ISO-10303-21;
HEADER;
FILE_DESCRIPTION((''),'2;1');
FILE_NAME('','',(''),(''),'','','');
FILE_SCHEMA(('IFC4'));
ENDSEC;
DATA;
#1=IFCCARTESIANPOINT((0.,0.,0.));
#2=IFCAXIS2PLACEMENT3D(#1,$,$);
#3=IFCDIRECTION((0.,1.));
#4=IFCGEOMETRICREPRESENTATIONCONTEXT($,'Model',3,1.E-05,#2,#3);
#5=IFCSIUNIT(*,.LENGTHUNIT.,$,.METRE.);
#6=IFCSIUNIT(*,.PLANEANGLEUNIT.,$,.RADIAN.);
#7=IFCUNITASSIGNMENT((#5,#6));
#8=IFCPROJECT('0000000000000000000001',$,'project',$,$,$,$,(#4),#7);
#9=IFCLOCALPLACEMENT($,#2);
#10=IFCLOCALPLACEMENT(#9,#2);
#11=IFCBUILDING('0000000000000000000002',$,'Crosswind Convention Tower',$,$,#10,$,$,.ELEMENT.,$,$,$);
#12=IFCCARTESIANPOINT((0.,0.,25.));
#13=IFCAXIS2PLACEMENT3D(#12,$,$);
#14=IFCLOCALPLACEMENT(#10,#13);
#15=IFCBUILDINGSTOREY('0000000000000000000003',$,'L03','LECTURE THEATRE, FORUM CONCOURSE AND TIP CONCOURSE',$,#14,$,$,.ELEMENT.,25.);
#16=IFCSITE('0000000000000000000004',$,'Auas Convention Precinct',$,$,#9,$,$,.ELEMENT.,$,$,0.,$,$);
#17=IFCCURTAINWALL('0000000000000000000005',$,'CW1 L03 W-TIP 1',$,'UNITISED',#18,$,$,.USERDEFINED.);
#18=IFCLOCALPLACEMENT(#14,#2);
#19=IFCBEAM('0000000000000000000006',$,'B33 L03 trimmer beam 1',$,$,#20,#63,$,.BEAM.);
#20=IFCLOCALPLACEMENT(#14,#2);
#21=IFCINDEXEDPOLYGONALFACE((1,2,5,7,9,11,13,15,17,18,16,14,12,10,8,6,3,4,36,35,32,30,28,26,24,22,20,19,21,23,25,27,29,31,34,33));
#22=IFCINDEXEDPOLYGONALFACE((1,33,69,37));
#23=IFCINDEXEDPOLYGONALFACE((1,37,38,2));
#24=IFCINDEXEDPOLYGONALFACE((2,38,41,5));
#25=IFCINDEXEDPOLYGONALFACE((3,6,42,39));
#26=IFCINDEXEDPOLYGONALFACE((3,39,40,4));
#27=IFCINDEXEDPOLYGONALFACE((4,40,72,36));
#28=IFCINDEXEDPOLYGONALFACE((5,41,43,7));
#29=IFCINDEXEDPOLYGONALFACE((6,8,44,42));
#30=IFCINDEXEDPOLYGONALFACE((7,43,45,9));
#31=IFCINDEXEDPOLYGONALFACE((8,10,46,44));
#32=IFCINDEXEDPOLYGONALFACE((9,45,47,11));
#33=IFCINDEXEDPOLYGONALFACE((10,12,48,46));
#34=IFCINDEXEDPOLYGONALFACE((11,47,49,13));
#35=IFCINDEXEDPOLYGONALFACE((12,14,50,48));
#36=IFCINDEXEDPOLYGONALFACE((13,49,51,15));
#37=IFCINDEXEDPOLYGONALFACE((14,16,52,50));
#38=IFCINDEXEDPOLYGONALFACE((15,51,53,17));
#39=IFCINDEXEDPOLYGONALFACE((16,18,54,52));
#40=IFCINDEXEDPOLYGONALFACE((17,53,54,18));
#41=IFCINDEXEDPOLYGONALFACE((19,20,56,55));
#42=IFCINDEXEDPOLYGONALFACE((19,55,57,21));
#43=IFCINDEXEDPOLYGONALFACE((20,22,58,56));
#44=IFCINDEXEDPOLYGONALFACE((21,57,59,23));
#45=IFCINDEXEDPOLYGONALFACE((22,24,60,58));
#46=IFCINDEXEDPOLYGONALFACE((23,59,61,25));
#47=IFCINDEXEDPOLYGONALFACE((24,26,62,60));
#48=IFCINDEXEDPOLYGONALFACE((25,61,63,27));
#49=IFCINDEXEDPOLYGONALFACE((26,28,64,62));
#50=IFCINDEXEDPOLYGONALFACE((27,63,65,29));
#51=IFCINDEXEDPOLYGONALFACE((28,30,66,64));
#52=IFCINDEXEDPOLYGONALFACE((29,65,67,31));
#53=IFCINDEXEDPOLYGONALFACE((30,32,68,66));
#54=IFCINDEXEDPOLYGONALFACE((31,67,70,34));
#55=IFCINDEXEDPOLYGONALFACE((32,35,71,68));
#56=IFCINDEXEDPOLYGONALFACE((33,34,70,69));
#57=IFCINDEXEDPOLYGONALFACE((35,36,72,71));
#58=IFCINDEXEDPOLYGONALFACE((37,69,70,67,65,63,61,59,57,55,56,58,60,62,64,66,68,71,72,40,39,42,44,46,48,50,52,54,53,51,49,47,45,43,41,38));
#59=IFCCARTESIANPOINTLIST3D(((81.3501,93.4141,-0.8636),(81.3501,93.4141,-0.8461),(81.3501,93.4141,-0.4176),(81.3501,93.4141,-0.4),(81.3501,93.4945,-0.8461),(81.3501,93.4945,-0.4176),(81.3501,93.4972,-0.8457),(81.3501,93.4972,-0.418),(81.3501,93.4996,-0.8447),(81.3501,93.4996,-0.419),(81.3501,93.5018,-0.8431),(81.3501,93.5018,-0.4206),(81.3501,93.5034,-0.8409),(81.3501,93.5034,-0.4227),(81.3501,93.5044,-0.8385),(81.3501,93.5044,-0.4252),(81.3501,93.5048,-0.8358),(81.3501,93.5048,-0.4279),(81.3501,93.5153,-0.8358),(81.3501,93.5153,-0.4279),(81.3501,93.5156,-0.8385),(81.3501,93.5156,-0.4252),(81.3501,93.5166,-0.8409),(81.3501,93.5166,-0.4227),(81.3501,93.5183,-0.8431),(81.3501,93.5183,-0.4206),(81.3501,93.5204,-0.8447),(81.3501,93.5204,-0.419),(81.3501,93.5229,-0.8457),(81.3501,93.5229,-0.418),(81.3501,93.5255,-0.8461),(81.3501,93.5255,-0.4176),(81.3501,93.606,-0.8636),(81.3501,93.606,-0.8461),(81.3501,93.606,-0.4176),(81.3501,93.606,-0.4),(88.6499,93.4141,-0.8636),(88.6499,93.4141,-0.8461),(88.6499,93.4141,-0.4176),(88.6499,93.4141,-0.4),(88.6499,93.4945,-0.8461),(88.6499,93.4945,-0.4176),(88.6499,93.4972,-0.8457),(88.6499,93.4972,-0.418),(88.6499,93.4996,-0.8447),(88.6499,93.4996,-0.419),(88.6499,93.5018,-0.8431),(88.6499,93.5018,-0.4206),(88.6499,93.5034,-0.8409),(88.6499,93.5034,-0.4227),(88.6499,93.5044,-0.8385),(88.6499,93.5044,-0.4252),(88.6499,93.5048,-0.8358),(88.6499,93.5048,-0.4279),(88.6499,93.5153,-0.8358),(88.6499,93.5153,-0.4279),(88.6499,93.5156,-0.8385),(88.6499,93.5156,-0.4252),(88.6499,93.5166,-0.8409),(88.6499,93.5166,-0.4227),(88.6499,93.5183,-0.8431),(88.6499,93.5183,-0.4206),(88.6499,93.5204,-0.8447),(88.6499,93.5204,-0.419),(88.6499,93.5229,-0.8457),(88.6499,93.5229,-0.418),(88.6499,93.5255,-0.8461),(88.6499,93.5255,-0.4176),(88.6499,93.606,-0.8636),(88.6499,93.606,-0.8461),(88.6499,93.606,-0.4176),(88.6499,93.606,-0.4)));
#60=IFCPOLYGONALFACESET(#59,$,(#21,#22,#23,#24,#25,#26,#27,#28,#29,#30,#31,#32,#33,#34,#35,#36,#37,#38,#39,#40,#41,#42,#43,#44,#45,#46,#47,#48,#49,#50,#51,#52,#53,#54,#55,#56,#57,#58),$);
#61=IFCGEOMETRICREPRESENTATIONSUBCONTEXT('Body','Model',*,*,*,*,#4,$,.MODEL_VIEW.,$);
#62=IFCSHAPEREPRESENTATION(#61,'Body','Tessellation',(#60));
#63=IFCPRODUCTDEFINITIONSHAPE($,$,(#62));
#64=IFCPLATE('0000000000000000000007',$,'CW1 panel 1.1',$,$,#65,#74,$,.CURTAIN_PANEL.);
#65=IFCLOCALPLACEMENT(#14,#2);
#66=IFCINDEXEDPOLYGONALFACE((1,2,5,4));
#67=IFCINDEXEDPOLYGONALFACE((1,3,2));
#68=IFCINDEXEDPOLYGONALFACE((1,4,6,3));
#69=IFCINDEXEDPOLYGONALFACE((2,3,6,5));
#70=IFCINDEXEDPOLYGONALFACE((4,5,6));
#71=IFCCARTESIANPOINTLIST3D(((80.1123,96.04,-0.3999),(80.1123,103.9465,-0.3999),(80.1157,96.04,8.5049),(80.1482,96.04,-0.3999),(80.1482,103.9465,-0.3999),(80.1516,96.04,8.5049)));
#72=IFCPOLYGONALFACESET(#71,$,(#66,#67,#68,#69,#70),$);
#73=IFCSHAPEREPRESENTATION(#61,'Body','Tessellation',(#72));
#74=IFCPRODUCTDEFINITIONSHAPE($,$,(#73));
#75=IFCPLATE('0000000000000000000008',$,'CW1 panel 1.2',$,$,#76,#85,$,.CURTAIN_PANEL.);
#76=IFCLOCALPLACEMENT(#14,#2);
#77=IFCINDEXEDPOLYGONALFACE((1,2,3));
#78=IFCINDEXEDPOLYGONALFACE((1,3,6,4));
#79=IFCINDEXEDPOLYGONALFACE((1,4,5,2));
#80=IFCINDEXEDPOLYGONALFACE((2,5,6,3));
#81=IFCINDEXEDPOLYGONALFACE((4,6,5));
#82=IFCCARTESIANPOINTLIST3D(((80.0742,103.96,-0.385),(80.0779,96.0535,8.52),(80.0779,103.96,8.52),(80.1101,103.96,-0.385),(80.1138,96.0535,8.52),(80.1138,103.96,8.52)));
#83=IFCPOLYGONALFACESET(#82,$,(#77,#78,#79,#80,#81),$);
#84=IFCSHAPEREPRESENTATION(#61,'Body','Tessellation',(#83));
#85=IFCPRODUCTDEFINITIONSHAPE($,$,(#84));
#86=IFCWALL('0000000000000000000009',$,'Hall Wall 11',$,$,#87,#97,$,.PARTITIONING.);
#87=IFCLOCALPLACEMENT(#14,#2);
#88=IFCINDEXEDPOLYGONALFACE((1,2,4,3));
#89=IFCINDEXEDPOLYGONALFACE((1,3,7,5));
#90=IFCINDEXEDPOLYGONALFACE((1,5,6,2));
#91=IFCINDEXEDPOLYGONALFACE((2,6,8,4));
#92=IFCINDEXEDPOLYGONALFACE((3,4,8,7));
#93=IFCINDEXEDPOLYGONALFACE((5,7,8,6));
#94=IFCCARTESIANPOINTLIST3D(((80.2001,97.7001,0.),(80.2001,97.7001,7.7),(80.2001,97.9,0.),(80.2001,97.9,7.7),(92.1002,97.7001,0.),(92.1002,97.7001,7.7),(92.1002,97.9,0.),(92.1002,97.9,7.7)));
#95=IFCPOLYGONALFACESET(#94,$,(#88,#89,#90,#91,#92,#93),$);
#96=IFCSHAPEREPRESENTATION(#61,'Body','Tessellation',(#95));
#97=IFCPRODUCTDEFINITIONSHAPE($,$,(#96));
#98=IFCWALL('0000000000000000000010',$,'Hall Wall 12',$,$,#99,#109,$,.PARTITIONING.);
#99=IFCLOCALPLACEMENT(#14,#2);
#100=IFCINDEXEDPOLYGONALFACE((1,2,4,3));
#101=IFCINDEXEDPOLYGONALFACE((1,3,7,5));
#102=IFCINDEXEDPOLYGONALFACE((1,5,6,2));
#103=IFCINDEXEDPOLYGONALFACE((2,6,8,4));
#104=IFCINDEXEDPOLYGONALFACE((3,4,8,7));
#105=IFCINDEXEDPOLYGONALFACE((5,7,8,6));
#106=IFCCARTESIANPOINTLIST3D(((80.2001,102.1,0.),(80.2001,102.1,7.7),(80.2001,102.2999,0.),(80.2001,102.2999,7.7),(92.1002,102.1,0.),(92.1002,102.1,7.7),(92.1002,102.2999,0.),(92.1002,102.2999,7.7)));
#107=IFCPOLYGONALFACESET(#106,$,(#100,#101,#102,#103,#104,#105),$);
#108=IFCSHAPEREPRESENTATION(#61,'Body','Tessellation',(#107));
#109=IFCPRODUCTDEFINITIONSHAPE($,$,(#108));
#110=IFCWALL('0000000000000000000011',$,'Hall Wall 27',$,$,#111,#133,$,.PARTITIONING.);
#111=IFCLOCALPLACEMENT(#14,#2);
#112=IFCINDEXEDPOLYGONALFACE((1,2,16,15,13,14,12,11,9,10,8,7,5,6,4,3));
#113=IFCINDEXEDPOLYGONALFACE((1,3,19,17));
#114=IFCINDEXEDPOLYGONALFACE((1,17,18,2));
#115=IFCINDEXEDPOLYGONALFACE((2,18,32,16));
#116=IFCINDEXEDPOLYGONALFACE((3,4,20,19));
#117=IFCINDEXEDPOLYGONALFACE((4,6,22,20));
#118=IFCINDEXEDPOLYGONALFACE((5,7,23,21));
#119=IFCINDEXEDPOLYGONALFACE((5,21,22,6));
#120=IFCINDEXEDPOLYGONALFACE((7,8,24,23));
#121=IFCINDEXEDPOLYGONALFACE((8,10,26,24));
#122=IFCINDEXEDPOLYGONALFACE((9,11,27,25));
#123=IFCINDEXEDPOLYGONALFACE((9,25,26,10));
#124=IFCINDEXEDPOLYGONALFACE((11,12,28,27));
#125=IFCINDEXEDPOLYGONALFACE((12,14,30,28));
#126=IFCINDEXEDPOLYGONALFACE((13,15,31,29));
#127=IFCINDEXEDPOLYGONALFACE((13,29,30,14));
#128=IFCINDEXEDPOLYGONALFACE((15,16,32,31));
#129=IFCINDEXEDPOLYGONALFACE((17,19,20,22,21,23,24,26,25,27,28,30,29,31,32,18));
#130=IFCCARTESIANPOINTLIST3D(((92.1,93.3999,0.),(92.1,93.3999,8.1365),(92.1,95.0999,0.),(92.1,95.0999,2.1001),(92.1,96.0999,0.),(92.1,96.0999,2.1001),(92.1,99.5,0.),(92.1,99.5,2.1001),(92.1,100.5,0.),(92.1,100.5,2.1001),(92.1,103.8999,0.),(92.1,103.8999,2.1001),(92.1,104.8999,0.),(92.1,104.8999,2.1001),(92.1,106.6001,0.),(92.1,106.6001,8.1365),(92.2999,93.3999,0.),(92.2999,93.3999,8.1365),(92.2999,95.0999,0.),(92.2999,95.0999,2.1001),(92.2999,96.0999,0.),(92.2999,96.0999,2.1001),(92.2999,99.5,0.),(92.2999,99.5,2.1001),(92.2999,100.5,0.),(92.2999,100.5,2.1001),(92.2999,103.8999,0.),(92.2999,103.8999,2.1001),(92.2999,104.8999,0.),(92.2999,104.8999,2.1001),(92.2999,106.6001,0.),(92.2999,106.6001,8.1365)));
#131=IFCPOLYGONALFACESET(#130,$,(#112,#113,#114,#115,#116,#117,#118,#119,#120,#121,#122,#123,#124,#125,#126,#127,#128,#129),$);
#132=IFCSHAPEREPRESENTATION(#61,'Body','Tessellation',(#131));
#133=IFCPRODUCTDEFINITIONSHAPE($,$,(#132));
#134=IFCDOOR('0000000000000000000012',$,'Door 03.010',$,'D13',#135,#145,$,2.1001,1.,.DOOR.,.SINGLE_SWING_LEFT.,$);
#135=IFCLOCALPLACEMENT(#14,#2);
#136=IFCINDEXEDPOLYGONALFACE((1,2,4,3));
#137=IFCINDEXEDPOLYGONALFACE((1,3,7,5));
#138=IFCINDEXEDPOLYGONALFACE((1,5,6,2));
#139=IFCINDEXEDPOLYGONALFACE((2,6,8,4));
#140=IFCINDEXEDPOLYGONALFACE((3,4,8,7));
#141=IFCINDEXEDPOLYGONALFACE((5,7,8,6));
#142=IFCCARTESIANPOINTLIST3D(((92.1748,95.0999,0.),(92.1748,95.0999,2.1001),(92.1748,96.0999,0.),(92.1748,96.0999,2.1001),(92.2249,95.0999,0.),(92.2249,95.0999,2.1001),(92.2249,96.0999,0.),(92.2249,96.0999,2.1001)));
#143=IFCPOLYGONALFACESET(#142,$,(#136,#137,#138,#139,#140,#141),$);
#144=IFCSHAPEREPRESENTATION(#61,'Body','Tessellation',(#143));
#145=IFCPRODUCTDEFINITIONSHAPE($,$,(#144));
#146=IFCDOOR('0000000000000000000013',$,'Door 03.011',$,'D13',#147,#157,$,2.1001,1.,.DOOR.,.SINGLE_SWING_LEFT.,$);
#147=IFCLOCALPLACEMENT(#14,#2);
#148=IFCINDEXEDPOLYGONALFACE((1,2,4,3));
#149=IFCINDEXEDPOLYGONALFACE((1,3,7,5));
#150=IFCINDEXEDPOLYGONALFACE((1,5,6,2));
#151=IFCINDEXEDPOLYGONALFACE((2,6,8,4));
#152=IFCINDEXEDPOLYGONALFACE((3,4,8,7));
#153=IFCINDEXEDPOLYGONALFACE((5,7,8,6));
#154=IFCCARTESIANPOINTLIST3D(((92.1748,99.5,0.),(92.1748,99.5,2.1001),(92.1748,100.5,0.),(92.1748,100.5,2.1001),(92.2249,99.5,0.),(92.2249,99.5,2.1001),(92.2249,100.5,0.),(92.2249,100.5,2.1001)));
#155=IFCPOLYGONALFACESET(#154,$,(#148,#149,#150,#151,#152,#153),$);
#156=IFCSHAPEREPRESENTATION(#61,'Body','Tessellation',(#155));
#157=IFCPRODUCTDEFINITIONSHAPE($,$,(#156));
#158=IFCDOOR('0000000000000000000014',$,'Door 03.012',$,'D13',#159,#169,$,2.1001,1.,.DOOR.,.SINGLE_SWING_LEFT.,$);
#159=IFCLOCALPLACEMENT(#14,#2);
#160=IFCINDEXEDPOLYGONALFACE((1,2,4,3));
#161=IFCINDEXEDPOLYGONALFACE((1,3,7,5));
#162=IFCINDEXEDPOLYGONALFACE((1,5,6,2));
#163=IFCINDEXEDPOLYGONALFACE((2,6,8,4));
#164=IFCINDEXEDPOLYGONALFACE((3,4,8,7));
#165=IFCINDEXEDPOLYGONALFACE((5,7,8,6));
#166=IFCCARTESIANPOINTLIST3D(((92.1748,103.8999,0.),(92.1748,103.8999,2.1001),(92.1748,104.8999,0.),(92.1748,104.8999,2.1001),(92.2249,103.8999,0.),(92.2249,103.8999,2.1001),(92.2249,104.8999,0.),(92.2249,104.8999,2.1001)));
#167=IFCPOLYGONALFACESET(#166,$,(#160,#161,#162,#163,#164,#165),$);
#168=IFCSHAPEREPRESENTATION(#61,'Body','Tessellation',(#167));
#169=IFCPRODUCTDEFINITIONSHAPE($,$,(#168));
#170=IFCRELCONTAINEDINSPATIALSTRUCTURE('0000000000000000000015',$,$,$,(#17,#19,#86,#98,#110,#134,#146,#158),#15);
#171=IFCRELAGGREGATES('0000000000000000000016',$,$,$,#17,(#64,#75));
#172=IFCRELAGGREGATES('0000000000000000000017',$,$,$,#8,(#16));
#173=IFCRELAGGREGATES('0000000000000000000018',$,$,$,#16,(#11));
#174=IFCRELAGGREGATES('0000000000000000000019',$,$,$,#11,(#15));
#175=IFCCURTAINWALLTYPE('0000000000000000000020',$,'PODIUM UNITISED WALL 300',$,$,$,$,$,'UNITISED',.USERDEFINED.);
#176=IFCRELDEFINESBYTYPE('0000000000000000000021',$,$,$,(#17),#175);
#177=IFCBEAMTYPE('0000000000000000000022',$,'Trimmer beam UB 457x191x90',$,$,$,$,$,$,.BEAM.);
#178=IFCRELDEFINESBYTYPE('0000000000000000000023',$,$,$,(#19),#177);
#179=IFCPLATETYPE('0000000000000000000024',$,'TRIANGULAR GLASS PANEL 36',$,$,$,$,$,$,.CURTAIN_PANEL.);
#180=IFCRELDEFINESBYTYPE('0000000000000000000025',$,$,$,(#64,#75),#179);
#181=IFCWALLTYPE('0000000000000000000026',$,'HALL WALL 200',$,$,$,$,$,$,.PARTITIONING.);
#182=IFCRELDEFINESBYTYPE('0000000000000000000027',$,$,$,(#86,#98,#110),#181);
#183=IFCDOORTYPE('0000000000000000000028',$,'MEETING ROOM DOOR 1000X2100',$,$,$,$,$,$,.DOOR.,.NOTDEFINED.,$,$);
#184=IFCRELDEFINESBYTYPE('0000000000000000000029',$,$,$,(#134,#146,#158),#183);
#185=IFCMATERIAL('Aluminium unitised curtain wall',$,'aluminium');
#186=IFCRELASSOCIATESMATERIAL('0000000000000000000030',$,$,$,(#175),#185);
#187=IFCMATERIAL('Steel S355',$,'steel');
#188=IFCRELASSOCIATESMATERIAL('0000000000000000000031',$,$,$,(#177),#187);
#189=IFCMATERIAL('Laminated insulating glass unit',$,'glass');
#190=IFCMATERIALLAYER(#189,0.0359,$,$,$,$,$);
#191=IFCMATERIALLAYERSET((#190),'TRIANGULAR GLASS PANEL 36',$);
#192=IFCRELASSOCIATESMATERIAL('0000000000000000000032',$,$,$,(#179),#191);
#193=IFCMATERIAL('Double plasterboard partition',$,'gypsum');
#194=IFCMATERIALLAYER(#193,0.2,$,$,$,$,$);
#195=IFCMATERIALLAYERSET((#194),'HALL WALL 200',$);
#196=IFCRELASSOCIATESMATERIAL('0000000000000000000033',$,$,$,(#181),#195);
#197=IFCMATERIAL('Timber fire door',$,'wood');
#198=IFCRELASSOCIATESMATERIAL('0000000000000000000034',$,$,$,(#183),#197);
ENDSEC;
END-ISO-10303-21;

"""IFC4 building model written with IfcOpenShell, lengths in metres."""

from ifc_helpers import new_model, si_unit, direction, frame, frame_2d, origin, origin_2d, place, context, subcontext, project, spatial, polyline, rectangle, i_section, outline, extrude, material, layer, layer_set, material_profile, profile_set, type_object, element, fill, aggregate, save


model = new_model("IFC4")

# Units and contexts
model_context = context("Model", 3, precision=1e-05, world=origin(), true_north=direction((0.0, 1.0)))
body_context = subcontext(model_context, "Body", "Model", "MODEL_VIEW")
ifc_project = project(units=[si_unit("LENGTHUNIT", "METRE"), si_unit("PLANEANGLEUNIT", "RADIAN")], contexts=[model_context])

# Site, building, storey
site_placement = place(None, origin())
site = spatial("IfcSite", under=ifc_project, at=site_placement, Name="Auas Convention Precinct", CompositionType="ELEMENT", RefElevation=0.0)
building_placement = place(site_placement, origin())
building = spatial("IfcBuilding", under=site, at=building_placement, Name="Crosswind Convention Tower", CompositionType="ELEMENT")
storey_placement = place(building_placement, frame((0.0, 0.0, 25.0)))
storey = spatial("IfcBuildingStorey", under=building, at=storey_placement, Name="L03", Description="LECTURE THEATRE, FORUM CONCOURSE AND TIP CONCOURSE", CompositionType="ELEMENT", Elevation=25.0)

# Curtain wall
ifc_material_1 = material(Name="Aluminium unitised curtain wall", Category="aluminium")
curtain_wall_type = type_object("IfcCurtainWallType", Name="PODIUM UNITISED WALL 300", ElementType="UNITISED", PredefinedType="USERDEFINED", material=ifc_material_1)
curtain_wall_placement = place(storey_placement, origin())
curtain_wall = element("IfcCurtainWall", 1, at=curtain_wall_placement, inside=storey, type_object=curtain_wall_type, Name="CW1 L03 W-TIP 1", ObjectType="UNITISED", PredefinedType="USERDEFINED")

# Shared definitions
ifc_material_2 = material(Name="Steel S355", Category="steel")

# Beam
ifc_material_profile_1 = material_profile(ifc_material_2, i_section(OverallWidth=0.1919, OverallDepth=0.4636, WebThickness=0.0105, FlangeThickness=0.0176, FilletRadius=0.0103, at=origin_2d()), Name="UB 457x191x90")
ifc_profile_set_1 = profile_set([ifc_material_profile_1], Name="Steel S355")
beam_type_1 = type_object("IfcBeamType", Name="Trimmer beam UB 457x191x90", PredefinedType="BEAM", material=ifc_profile_set_1)
beam_1_placement = place(storey_placement, frame((88.6499, 93.51, -0.6318), z_axis=(-1.0, 0.0, 0.0), x_axis=(0.0, -1.0, 0.0)))
element("IfcBeam", 2, at=beam_1_placement, inside=storey, type_object=beam_type_1, Name="B33 L03 trimmer beam 1", PredefinedType="BEAM", context=body_context, shape_type="SweptSolid", body=[
    extrude(i_section(OverallWidth=0.1919, OverallDepth=0.4636, WebThickness=0.0105, FlangeThickness=0.0176, FilletRadius=0.0103, at=origin_2d()), origin(), (0.0, 0.0, 1.0), 7.2998),
])

# Plates
ifc_material_3 = material(Name="Laminated insulating glass unit", Category="glass")
ifc_layer_1 = layer(ifc_material_3, 0.0359)
ifc_layer_set_1 = layer_set([ifc_layer_1], Name="TRIANGULAR GLASS PANEL 36")
plate_type = type_object("IfcPlateType", Name="TRIANGULAR GLASS PANEL 36", PredefinedType="CURTAIN_PANEL", material=ifc_layer_set_1)
plate_1_placement = place(storey_placement, frame((80.1123, 96.04, -0.3999), z_axis=(-1.0, 0.0, 0.000384), x_axis=(0.000384, 0.0, 1.0)))
plate_1 = element("IfcPlate", 3, at=plate_1_placement, type_object=plate_type, Name="CW1 panel 1.1", PredefinedType="CURTAIN_PANEL", context=body_context, shape_type="SweptSolid", body=[
    extrude(outline(polyline([(0.0, 0.0), (8.9048, 0.0), (0.0, 7.9065), (0.0, 0.0)])), origin(), (0.0, 0.0, -1.0), 0.0359),
])
plate_2_placement = place(storey_placement, frame((80.0779, 103.96, 8.52), z_axis=(-1.0, 0.0, 0.000411), x_axis=(-0.000411, 0.0, -1.0)))
plate_2 = element("IfcPlate", 4, at=plate_2_placement, type_object=plate_type, Name="CW1 panel 1.2", PredefinedType="CURTAIN_PANEL", context=body_context, shape_type="SweptSolid", body=[
    extrude(outline(polyline([(0.0, 0.0), (8.905, 0.0), (0.0, 7.9065), (0.0, 0.0)])), origin(), (0.0, 0.0, -1.0), 0.0359),
])

# Walls
ifc_material_4 = material(Name="Double plasterboard partition", Category="gypsum")
ifc_layer_2 = layer(ifc_material_4, 0.2)
ifc_layer_set_2 = layer_set([ifc_layer_2], Name="HALL WALL 200")
wall_type_1 = type_object("IfcWallType", Name="HALL WALL 200", PredefinedType="PARTITIONING", material=ifc_layer_set_2)
for number, where, z_axis, x_axis, name in (
    (5, (80.2, 97.8, 0.0), (0.0, 0.0, 1.0), (1.0, 0.0, 0.0), "Hall Wall 11"),
    (6, (80.2, 102.2, 0.0), (0.0, 0.0, 1.0), (1.0, 0.0, 0.0), "Hall Wall 12"),
):
    element("IfcWall", number, at=place(storey_placement, frame(where, z_axis=z_axis, x_axis=x_axis)), inside=storey, type_object=wall_type_1, Name=name, PredefinedType="PARTITIONING", context=body_context, shape_type="SweptSolid", body=[
        extrude(rectangle(XDim=11.9001, YDim=0.2, at=frame_2d((5.9502, 0.0))), origin(), (0.0, 0.0, 1.0), 7.7),
    ])

# Wall, openings, doors
wall_1_placement = place(storey_placement, frame((92.2, 93.3999, 0.0), z_axis=(0.0, 0.0, 1.0), x_axis=(0.0, 1.0, 0.0)))
wall_1 = element("IfcWall", 7, at=wall_1_placement, inside=storey, type_object=wall_type_1, Name="Hall Wall 27", PredefinedType="PARTITIONING", context=body_context, shape_type="SweptSolid", body=[
    extrude(rectangle(XDim=13.2002, YDim=0.2, at=frame_2d((6.6001, 0.0))), origin(), (0.0, 0.0, 1.0), 8.1365),
])
opening_1_placement = place(wall_1_placement, frame((1.7, 0.0, 0.0)))
opening_1 = element("IfcOpeningElement", 8, at=opening_1_placement, cuts=wall_1, PredefinedType="OPENING", context=body_context, shape_type="SweptSolid", body=[
    extrude(rectangle(XDim=1.0, YDim=2.1001, at=frame_2d((0.5, 1.05))), frame((0.0, 0.1099, 0.0), z_axis=(0.0, -1.0, 0.0), x_axis=(1.0, 0.0, 0.0)), (0.0, 0.0, 1.0), 0.22),
])
opening_2_placement = place(wall_1_placement, frame((6.1001, 0.0, 0.0)))
opening_2 = element("IfcOpeningElement", 9, at=opening_2_placement, cuts=wall_1, PredefinedType="OPENING", context=body_context, shape_type="SweptSolid", body=[
    extrude(rectangle(XDim=1.0, YDim=2.1001, at=frame_2d((0.5, 1.05))), frame((0.0, 0.1099, 0.0), z_axis=(0.0, -1.0, 0.0), x_axis=(1.0, 0.0, 0.0)), (0.0, 0.0, 1.0), 0.22),
])
opening_3_placement = place(wall_1_placement, frame((10.5, 0.0, 0.0)))
opening_3 = element("IfcOpeningElement", 10, at=opening_3_placement, cuts=wall_1, PredefinedType="OPENING", context=body_context, shape_type="SweptSolid", body=[
    extrude(rectangle(XDim=1.0, YDim=2.1001, at=frame_2d((0.5, 1.05))), frame((0.0, 0.1099, 0.0), z_axis=(0.0, -1.0, 0.0), x_axis=(1.0, 0.0, 0.0)), (0.0, 0.0, 1.0), 0.22),
])
ifc_material_5 = material(Name="Timber fire door", Category="wood")
door_type = type_object("IfcDoorType", Name="MEETING ROOM DOOR 1000X2100", OperationType="NOTDEFINED", PredefinedType="DOOR", material=ifc_material_5)
door_1_placement = place(opening_1_placement, frame((1.0, 0.0, 0.0), z_axis=(0.0, 0.0, 1.0), x_axis=(-1.0, 0.0, 0.0)))
door_1 = element("IfcDoor", 11, at=door_1_placement, inside=storey, type_object=door_type, Name="Door 03.010", ObjectType="D13", OperationType="SINGLE_SWING_LEFT", OverallHeight=2.1001, OverallWidth=1.0, PredefinedType="DOOR", context=body_context, shape_type="SweptSolid", body=[
    extrude(rectangle(XDim=1.0, YDim=2.1001, at=frame_2d((0.5, 1.05))), frame((0.0, 0.0249, 0.0), z_axis=(0.0, -1.0, 0.0), x_axis=(1.0, 0.0, 0.0)), (0.0, 0.0, 1.0), 0.05),
])
fill(opening_1, door_1)
door_2_placement = place(opening_2_placement, frame((1.0, 0.0, 0.0), z_axis=(0.0, 0.0, 1.0), x_axis=(-1.0, 0.0, 0.0)))
door_2 = element("IfcDoor", 12, at=door_2_placement, inside=storey, type_object=door_type, Name="Door 03.011", ObjectType="D13", OperationType="SINGLE_SWING_LEFT", OverallHeight=2.1001, OverallWidth=1.0, PredefinedType="DOOR", context=body_context, shape_type="SweptSolid", body=[
    extrude(rectangle(XDim=1.0, YDim=2.1001, at=frame_2d((0.5, 1.05))), frame((0.0, 0.0249, 0.0), z_axis=(0.0, -1.0, 0.0), x_axis=(1.0, 0.0, 0.0)), (0.0, 0.0, 1.0), 0.05),
])
fill(opening_2, door_2)
door_3_placement = place(opening_3_placement, frame((1.0, 0.0, 0.0), z_axis=(0.0, 0.0, 1.0), x_axis=(-1.0, 0.0, 0.0)))
door_3 = element("IfcDoor", 13, at=door_3_placement, inside=storey, type_object=door_type, Name="Door 03.012", ObjectType="D13", OperationType="SINGLE_SWING_LEFT", OverallHeight=2.1001, OverallWidth=1.0, PredefinedType="DOOR", context=body_context, shape_type="SweptSolid", body=[
    extrude(rectangle(XDim=1.0, YDim=2.1001, at=frame_2d((0.5, 1.05))), frame((0.0, 0.0249, 0.0), z_axis=(0.0, -1.0, 0.0), x_axis=(1.0, 0.0, 0.0)), (0.0, 0.0, 1.0), 0.05),
])
fill(opening_3, door_3)

aggregate(curtain_wall, [plate_1, plate_2])

save(model, "model.ifc")
